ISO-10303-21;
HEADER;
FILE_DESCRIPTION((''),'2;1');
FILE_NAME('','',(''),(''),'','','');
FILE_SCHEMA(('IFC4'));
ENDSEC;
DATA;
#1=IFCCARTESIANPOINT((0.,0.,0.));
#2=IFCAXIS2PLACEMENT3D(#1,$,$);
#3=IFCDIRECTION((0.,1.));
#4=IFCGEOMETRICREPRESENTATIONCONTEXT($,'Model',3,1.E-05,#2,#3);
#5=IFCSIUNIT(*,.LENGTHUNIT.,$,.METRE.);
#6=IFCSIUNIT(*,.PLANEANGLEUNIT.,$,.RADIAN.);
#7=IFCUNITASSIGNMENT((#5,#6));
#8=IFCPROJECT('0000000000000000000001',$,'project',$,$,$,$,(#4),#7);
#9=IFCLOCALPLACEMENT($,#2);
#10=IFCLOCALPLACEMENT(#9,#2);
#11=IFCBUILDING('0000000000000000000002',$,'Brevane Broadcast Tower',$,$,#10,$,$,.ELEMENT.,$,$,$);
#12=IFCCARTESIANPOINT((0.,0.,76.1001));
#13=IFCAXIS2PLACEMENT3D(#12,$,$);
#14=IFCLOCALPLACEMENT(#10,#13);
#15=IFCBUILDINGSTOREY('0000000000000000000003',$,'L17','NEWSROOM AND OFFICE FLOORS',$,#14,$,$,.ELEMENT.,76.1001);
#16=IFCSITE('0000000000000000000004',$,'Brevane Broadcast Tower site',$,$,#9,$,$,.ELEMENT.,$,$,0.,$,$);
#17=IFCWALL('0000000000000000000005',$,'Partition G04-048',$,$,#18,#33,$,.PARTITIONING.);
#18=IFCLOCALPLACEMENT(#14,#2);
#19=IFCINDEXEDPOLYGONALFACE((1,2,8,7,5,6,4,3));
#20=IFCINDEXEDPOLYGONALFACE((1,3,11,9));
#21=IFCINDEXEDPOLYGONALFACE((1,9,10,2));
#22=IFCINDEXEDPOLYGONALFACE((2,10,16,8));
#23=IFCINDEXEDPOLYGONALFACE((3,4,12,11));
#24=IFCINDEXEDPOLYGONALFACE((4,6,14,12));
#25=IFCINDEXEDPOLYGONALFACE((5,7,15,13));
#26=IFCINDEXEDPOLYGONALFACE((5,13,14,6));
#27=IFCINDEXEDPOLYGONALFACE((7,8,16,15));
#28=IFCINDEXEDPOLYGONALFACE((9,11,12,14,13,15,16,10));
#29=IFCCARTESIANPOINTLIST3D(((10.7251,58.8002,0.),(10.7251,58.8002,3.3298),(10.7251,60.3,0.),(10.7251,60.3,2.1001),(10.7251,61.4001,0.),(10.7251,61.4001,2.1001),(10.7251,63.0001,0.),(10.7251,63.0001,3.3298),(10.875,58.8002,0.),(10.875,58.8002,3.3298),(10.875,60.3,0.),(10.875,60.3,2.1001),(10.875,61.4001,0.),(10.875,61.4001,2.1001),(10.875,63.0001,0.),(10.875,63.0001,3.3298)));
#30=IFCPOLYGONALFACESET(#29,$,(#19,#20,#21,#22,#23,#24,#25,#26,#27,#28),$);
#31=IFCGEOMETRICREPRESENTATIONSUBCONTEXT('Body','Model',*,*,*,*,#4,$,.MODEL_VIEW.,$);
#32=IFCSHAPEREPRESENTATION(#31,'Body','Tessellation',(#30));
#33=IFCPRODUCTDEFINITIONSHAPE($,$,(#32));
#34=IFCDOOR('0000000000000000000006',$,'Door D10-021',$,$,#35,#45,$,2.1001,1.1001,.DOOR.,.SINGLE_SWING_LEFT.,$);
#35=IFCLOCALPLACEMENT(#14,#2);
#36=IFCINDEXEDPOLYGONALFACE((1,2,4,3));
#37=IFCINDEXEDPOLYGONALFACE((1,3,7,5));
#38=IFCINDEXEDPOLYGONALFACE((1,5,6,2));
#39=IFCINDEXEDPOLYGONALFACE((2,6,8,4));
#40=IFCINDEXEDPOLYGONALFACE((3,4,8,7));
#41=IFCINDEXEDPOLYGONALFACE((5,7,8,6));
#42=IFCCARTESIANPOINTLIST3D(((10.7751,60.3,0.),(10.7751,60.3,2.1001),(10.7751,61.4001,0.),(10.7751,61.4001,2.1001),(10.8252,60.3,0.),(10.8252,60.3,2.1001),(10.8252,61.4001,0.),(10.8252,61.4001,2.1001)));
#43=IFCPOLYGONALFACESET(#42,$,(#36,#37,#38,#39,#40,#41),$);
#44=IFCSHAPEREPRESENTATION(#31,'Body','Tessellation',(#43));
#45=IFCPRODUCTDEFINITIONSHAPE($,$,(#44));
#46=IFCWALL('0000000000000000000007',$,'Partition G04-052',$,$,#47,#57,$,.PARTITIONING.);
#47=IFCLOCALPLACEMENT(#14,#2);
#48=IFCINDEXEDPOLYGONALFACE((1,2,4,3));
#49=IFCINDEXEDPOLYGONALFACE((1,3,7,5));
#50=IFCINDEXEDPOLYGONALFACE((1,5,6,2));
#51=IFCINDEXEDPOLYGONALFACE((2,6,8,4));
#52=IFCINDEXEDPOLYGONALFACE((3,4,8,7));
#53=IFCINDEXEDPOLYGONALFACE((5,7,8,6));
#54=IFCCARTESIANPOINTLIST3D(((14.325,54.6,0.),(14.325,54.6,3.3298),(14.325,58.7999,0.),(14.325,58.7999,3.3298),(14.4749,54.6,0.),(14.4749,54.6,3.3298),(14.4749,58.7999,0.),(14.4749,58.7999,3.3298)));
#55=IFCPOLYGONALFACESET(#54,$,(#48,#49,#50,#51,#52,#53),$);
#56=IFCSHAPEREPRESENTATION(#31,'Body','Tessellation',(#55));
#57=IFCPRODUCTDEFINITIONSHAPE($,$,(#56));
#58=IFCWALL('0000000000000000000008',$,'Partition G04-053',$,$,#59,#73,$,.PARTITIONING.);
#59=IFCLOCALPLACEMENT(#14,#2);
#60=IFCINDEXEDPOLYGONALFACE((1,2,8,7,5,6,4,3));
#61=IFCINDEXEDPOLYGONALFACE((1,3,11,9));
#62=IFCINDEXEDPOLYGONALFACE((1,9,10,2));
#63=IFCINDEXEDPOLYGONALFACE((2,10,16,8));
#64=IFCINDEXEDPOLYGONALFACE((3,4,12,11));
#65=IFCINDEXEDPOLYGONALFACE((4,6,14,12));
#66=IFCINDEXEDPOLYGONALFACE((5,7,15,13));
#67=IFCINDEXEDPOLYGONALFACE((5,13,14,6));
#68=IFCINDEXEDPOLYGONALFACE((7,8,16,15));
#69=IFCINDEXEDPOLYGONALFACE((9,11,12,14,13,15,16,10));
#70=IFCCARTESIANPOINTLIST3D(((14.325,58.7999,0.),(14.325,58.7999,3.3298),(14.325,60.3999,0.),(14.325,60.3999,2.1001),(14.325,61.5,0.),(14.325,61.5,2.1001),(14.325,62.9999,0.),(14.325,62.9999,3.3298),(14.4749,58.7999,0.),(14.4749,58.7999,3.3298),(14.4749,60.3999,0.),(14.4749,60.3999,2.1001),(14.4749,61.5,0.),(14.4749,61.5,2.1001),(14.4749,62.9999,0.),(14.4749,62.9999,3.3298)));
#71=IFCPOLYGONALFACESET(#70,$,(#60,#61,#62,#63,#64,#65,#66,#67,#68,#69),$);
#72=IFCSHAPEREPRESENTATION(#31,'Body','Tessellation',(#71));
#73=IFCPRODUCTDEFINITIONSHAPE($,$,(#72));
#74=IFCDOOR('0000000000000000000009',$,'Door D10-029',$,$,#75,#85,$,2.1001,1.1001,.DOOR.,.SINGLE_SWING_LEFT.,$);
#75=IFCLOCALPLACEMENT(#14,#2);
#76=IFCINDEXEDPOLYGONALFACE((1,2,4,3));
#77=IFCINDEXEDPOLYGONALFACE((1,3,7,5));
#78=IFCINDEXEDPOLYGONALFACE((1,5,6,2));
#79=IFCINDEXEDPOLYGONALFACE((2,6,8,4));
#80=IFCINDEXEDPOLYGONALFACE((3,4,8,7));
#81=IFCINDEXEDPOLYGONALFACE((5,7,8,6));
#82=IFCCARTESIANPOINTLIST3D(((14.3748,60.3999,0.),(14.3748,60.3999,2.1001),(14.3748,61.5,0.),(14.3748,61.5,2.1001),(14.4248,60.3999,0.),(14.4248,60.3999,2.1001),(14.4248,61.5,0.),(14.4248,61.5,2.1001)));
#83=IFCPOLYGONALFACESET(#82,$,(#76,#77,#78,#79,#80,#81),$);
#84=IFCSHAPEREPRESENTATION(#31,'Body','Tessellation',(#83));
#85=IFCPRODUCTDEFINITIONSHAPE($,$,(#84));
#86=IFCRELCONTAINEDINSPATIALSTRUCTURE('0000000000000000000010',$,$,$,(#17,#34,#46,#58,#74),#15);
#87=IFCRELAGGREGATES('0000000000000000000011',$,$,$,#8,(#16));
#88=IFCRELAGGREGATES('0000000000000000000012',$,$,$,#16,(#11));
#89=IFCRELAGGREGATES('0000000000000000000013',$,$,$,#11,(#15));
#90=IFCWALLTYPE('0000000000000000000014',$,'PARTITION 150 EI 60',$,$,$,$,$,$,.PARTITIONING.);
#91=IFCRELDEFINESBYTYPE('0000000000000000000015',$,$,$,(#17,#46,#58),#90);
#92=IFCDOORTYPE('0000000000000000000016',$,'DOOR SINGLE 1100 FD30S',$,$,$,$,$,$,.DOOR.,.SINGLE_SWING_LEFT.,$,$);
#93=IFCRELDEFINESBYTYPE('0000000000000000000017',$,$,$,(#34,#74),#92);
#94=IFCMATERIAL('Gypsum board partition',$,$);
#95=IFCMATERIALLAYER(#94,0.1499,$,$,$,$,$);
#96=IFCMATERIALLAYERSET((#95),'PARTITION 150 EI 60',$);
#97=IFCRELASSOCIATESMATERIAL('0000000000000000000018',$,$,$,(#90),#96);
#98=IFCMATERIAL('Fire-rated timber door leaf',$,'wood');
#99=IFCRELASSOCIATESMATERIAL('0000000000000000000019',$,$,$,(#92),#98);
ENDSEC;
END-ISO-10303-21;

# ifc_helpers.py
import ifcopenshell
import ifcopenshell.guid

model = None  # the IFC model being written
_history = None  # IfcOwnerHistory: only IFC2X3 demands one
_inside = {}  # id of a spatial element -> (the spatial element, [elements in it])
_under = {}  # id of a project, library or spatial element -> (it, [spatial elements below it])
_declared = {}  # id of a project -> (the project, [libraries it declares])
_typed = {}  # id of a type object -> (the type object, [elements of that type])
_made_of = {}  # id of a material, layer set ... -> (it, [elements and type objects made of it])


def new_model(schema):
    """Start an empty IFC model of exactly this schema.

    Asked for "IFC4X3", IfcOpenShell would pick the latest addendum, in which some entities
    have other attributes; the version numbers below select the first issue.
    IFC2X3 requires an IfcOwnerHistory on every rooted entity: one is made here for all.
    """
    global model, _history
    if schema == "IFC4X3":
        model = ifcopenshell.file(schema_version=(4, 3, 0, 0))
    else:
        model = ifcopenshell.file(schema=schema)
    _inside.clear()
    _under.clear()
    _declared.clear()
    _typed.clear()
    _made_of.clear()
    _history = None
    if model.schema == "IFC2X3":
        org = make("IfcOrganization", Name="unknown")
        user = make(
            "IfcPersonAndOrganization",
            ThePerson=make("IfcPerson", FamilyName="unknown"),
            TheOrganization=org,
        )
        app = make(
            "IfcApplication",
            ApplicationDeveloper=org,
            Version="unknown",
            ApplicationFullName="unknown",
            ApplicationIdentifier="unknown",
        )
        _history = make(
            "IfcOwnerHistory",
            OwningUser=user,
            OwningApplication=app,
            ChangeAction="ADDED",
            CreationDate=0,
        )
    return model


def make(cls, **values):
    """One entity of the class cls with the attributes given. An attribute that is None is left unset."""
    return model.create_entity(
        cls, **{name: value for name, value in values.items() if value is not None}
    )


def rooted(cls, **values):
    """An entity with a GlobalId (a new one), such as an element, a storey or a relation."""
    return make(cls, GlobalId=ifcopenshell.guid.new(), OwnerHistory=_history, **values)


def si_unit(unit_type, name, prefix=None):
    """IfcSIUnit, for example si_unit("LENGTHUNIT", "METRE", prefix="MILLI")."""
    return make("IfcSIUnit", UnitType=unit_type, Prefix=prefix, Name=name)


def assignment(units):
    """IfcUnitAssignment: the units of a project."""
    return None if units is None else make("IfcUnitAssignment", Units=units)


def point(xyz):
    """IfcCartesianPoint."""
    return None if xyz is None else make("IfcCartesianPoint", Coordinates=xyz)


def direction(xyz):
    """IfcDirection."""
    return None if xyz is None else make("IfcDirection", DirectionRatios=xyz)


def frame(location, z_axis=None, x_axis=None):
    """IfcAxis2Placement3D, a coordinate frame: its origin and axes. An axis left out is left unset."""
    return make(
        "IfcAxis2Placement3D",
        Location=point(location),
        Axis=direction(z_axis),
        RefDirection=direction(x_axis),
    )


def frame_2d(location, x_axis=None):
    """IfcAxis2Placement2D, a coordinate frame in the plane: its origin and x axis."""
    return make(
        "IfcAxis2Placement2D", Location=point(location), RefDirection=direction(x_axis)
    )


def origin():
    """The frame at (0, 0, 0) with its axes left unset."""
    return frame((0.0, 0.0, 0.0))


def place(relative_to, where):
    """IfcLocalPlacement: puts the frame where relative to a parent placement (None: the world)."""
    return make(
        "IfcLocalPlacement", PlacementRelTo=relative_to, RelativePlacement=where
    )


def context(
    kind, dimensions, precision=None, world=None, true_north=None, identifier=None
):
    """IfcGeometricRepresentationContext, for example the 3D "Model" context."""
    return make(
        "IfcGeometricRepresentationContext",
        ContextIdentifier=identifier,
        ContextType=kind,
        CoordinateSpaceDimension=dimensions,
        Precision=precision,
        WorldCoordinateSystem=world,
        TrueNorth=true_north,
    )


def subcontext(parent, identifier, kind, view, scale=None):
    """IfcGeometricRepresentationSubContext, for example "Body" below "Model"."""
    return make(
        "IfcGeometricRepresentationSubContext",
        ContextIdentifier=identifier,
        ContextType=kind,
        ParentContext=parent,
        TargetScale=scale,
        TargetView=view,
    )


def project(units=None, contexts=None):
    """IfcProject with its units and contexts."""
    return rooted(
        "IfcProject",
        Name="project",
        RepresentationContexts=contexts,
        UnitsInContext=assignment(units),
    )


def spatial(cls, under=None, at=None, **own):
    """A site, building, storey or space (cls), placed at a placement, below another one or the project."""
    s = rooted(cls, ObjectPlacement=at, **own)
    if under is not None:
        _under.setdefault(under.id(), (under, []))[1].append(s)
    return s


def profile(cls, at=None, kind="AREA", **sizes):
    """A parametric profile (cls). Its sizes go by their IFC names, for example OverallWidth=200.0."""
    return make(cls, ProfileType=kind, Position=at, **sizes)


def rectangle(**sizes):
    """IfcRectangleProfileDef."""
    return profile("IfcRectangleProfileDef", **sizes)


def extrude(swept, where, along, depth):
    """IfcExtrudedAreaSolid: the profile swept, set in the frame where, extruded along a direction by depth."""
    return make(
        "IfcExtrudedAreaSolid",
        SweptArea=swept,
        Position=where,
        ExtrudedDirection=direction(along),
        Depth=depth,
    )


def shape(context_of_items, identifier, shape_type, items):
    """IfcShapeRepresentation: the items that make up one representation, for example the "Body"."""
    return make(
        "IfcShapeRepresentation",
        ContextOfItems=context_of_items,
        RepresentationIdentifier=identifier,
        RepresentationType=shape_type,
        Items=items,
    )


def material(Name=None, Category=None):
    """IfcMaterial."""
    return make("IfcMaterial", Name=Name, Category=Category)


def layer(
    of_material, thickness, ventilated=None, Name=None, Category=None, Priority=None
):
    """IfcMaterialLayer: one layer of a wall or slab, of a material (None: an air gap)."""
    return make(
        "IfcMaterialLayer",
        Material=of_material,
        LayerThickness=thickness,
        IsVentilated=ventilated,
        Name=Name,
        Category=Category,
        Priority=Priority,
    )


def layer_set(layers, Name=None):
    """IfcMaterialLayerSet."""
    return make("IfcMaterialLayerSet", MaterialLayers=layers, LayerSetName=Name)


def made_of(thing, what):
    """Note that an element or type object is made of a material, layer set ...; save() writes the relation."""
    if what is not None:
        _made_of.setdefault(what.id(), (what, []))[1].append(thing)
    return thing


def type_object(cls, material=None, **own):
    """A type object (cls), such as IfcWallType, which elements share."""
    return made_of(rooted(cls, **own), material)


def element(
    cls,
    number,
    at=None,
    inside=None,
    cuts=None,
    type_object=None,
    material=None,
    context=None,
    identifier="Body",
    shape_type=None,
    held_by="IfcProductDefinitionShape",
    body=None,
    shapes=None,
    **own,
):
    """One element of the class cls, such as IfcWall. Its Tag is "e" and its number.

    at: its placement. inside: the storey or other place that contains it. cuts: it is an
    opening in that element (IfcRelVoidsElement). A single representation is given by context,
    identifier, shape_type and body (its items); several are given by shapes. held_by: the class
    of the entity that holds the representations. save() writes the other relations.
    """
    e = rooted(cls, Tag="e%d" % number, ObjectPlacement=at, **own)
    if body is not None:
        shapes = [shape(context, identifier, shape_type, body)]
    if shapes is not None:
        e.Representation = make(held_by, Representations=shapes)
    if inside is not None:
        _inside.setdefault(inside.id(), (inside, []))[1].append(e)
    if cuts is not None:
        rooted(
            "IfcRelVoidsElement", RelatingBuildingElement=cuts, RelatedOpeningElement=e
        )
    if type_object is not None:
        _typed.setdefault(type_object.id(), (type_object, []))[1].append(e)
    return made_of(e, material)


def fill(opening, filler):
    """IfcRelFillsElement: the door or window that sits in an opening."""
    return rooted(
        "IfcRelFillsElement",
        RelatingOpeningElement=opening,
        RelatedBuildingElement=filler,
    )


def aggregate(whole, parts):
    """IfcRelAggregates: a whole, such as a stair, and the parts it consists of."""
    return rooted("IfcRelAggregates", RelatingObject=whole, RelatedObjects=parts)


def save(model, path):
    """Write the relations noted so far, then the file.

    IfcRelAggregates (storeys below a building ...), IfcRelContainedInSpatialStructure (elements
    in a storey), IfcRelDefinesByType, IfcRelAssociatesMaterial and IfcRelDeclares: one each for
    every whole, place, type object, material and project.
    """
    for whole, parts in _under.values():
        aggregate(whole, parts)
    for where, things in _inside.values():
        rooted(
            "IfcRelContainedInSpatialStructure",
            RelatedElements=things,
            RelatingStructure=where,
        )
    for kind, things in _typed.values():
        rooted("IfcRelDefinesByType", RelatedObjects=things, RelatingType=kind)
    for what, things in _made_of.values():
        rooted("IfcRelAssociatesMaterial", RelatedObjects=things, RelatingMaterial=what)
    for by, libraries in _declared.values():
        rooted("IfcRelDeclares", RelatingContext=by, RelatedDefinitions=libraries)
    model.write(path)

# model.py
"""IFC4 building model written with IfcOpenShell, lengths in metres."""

from ifc_helpers import new_model, si_unit, direction, frame, frame_2d, origin, place, context, subcontext, project, spatial, rectangle, extrude, material, layer, layer_set, type_object, element, fill, save


model = new_model("IFC4")

# Units and contexts
model_context = context("Model", 3, precision=1e-05, world=origin(), true_north=direction((0.0, 1.0)))
body_context = subcontext(model_context, "Body", "Model", "MODEL_VIEW")
ifc_project = project(units=[si_unit("LENGTHUNIT", "METRE"), si_unit("PLANEANGLEUNIT", "RADIAN")], contexts=[model_context])

# Site, building, storey
site_placement = place(None, origin())
site = spatial("IfcSite", under=ifc_project, at=site_placement, Name="Brevane Broadcast Tower site", CompositionType="ELEMENT", RefElevation=0.0)
building_placement = place(site_placement, origin())
building = spatial("IfcBuilding", under=site, at=building_placement, Name="Brevane Broadcast Tower", CompositionType="ELEMENT")
storey_placement = place(building_placement, frame((0.0, 0.0, 76.1001)))
storey = spatial("IfcBuildingStorey", under=building, at=storey_placement, Name="L17", Description="NEWSROOM AND OFFICE FLOORS", CompositionType="ELEMENT", Elevation=76.1001)

# Shared definitions
ifc_material_1 = material(Name="Gypsum board partition")

# Wall, opening, door
ifc_layer_1 = layer(ifc_material_1, 0.1499)
ifc_layer_set_1 = layer_set([ifc_layer_1], Name="PARTITION 150 EI 60")
wall_type_1 = type_object("IfcWallType", Name="PARTITION 150 EI 60", PredefinedType="PARTITIONING", material=ifc_layer_set_1)
ifc_material_2 = material(Name="Fire-rated timber door leaf", Category="wood")
wall_1_placement = place(storey_placement, frame((10.8, 58.8, 0.0), z_axis=(0.0, 0.0, 1.0), x_axis=(0.0, 1.0, 0.0)))
wall_1 = element("IfcWall", 1, at=wall_1_placement, inside=storey, type_object=wall_type_1, Name="Partition G04-048", PredefinedType="PARTITIONING", context=body_context, shape_type="SweptSolid", body=[
    extrude(rectangle(XDim=4.2, YDim=0.1499, at=frame_2d((2.1001, 0.0))), origin(), (0.0, 0.0, 1.0), 3.3298),
])
opening_1_placement = place(wall_1_placement, frame((1.5, 0.0, 0.0)))
opening_1 = element("IfcOpeningElement", 2, at=opening_1_placement, cuts=wall_1, PredefinedType="OPENING", context=body_context, shape_type="SweptSolid", body=[
    extrude(rectangle(XDim=1.1001, YDim=2.1001, at=frame_2d((0.55, 1.05))), frame((0.0, 0.085, 0.0), z_axis=(0.0, -1.0, 0.0), x_axis=(1.0, 0.0, 0.0)), (0.0, 0.0, 1.0), 0.1699),
])
door_type_1 = type_object("IfcDoorType", Name="DOOR SINGLE 1100 FD30S", OperationType="SINGLE_SWING_LEFT", PredefinedType="DOOR", material=ifc_material_2)
door_1_placement = place(opening_1_placement, origin())
door_1 = element("IfcDoor", 3, at=door_1_placement, inside=storey, type_object=door_type_1, Name="Door D10-021", OperationType="SINGLE_SWING_LEFT", OverallHeight=2.1001, OverallWidth=1.1001, PredefinedType="DOOR", context=body_context, shape_type="SweptSolid", body=[
    extrude(rectangle(XDim=1.1001, YDim=2.1001, at=frame_2d((0.55, 1.05))), frame((0.0, 0.0249, 0.0), z_axis=(0.0, -1.0, 0.0), x_axis=(1.0, 0.0, 0.0)), (0.0, 0.0, 1.0), 0.05),
])
fill(opening_1, door_1)

# Wall
wall_2_placement = place(storey_placement, frame((14.3999, 58.8, 0.0), z_axis=(0.0, 0.0, 1.0), x_axis=(0.0, -1.0, 0.0)))
element("IfcWall", 4, at=wall_2_placement, inside=storey, type_object=wall_type_1, Name="Partition G04-052", PredefinedType="PARTITIONING", context=body_context, shape_type="SweptSolid", body=[
    extrude(rectangle(XDim=4.2, YDim=0.1499, at=frame_2d((2.1001, 0.0))), origin(), (0.0, 0.0, 1.0), 3.3298),
])

# Wall, opening, door
wall_3_placement = place(storey_placement, frame((14.3999, 63.0, 0.0), z_axis=(0.0, 0.0, 1.0), x_axis=(0.0, -1.0, 0.0)))
wall_3 = element("IfcWall", 5, at=wall_3_placement, inside=storey, type_object=wall_type_1, Name="Partition G04-053", PredefinedType="PARTITIONING", context=body_context, shape_type="SweptSolid", body=[
    extrude(rectangle(XDim=4.2, YDim=0.1499, at=frame_2d((2.1001, 0.0))), origin(), (0.0, 0.0, 1.0), 3.3298),
])
opening_2_placement = place(wall_3_placement, frame((1.5, 0.0, 0.0)))
opening_2 = element("IfcOpeningElement", 6, at=opening_2_placement, cuts=wall_3, PredefinedType="OPENING", context=body_context, shape_type="SweptSolid", body=[
    extrude(rectangle(XDim=1.1001, YDim=2.1001, at=frame_2d((0.55, 1.05))), frame((0.0, 0.085, 0.0), z_axis=(0.0, -1.0, 0.0), x_axis=(1.0, 0.0, 0.0)), (0.0, 0.0, 1.0), 0.1699),
])
door_2_placement = place(opening_2_placement, origin())
door_2 = element("IfcDoor", 7, at=door_2_placement, inside=storey, type_object=door_type_1, Name="Door D10-029", OperationType="SINGLE_SWING_LEFT", OverallHeight=2.1001, OverallWidth=1.1001, PredefinedType="DOOR", context=body_context, shape_type="SweptSolid", body=[
    extrude(rectangle(XDim=1.1001, YDim=2.1001, at=frame_2d((0.55, 1.05))), frame((0.0, 0.0249, 0.0), z_axis=(0.0, -1.0, 0.0), x_axis=(1.0, 0.0, 0.0)), (0.0, 0.0, 1.0), 0.05),
])
fill(opening_2, door_2)

save(model, "model.ifc")
